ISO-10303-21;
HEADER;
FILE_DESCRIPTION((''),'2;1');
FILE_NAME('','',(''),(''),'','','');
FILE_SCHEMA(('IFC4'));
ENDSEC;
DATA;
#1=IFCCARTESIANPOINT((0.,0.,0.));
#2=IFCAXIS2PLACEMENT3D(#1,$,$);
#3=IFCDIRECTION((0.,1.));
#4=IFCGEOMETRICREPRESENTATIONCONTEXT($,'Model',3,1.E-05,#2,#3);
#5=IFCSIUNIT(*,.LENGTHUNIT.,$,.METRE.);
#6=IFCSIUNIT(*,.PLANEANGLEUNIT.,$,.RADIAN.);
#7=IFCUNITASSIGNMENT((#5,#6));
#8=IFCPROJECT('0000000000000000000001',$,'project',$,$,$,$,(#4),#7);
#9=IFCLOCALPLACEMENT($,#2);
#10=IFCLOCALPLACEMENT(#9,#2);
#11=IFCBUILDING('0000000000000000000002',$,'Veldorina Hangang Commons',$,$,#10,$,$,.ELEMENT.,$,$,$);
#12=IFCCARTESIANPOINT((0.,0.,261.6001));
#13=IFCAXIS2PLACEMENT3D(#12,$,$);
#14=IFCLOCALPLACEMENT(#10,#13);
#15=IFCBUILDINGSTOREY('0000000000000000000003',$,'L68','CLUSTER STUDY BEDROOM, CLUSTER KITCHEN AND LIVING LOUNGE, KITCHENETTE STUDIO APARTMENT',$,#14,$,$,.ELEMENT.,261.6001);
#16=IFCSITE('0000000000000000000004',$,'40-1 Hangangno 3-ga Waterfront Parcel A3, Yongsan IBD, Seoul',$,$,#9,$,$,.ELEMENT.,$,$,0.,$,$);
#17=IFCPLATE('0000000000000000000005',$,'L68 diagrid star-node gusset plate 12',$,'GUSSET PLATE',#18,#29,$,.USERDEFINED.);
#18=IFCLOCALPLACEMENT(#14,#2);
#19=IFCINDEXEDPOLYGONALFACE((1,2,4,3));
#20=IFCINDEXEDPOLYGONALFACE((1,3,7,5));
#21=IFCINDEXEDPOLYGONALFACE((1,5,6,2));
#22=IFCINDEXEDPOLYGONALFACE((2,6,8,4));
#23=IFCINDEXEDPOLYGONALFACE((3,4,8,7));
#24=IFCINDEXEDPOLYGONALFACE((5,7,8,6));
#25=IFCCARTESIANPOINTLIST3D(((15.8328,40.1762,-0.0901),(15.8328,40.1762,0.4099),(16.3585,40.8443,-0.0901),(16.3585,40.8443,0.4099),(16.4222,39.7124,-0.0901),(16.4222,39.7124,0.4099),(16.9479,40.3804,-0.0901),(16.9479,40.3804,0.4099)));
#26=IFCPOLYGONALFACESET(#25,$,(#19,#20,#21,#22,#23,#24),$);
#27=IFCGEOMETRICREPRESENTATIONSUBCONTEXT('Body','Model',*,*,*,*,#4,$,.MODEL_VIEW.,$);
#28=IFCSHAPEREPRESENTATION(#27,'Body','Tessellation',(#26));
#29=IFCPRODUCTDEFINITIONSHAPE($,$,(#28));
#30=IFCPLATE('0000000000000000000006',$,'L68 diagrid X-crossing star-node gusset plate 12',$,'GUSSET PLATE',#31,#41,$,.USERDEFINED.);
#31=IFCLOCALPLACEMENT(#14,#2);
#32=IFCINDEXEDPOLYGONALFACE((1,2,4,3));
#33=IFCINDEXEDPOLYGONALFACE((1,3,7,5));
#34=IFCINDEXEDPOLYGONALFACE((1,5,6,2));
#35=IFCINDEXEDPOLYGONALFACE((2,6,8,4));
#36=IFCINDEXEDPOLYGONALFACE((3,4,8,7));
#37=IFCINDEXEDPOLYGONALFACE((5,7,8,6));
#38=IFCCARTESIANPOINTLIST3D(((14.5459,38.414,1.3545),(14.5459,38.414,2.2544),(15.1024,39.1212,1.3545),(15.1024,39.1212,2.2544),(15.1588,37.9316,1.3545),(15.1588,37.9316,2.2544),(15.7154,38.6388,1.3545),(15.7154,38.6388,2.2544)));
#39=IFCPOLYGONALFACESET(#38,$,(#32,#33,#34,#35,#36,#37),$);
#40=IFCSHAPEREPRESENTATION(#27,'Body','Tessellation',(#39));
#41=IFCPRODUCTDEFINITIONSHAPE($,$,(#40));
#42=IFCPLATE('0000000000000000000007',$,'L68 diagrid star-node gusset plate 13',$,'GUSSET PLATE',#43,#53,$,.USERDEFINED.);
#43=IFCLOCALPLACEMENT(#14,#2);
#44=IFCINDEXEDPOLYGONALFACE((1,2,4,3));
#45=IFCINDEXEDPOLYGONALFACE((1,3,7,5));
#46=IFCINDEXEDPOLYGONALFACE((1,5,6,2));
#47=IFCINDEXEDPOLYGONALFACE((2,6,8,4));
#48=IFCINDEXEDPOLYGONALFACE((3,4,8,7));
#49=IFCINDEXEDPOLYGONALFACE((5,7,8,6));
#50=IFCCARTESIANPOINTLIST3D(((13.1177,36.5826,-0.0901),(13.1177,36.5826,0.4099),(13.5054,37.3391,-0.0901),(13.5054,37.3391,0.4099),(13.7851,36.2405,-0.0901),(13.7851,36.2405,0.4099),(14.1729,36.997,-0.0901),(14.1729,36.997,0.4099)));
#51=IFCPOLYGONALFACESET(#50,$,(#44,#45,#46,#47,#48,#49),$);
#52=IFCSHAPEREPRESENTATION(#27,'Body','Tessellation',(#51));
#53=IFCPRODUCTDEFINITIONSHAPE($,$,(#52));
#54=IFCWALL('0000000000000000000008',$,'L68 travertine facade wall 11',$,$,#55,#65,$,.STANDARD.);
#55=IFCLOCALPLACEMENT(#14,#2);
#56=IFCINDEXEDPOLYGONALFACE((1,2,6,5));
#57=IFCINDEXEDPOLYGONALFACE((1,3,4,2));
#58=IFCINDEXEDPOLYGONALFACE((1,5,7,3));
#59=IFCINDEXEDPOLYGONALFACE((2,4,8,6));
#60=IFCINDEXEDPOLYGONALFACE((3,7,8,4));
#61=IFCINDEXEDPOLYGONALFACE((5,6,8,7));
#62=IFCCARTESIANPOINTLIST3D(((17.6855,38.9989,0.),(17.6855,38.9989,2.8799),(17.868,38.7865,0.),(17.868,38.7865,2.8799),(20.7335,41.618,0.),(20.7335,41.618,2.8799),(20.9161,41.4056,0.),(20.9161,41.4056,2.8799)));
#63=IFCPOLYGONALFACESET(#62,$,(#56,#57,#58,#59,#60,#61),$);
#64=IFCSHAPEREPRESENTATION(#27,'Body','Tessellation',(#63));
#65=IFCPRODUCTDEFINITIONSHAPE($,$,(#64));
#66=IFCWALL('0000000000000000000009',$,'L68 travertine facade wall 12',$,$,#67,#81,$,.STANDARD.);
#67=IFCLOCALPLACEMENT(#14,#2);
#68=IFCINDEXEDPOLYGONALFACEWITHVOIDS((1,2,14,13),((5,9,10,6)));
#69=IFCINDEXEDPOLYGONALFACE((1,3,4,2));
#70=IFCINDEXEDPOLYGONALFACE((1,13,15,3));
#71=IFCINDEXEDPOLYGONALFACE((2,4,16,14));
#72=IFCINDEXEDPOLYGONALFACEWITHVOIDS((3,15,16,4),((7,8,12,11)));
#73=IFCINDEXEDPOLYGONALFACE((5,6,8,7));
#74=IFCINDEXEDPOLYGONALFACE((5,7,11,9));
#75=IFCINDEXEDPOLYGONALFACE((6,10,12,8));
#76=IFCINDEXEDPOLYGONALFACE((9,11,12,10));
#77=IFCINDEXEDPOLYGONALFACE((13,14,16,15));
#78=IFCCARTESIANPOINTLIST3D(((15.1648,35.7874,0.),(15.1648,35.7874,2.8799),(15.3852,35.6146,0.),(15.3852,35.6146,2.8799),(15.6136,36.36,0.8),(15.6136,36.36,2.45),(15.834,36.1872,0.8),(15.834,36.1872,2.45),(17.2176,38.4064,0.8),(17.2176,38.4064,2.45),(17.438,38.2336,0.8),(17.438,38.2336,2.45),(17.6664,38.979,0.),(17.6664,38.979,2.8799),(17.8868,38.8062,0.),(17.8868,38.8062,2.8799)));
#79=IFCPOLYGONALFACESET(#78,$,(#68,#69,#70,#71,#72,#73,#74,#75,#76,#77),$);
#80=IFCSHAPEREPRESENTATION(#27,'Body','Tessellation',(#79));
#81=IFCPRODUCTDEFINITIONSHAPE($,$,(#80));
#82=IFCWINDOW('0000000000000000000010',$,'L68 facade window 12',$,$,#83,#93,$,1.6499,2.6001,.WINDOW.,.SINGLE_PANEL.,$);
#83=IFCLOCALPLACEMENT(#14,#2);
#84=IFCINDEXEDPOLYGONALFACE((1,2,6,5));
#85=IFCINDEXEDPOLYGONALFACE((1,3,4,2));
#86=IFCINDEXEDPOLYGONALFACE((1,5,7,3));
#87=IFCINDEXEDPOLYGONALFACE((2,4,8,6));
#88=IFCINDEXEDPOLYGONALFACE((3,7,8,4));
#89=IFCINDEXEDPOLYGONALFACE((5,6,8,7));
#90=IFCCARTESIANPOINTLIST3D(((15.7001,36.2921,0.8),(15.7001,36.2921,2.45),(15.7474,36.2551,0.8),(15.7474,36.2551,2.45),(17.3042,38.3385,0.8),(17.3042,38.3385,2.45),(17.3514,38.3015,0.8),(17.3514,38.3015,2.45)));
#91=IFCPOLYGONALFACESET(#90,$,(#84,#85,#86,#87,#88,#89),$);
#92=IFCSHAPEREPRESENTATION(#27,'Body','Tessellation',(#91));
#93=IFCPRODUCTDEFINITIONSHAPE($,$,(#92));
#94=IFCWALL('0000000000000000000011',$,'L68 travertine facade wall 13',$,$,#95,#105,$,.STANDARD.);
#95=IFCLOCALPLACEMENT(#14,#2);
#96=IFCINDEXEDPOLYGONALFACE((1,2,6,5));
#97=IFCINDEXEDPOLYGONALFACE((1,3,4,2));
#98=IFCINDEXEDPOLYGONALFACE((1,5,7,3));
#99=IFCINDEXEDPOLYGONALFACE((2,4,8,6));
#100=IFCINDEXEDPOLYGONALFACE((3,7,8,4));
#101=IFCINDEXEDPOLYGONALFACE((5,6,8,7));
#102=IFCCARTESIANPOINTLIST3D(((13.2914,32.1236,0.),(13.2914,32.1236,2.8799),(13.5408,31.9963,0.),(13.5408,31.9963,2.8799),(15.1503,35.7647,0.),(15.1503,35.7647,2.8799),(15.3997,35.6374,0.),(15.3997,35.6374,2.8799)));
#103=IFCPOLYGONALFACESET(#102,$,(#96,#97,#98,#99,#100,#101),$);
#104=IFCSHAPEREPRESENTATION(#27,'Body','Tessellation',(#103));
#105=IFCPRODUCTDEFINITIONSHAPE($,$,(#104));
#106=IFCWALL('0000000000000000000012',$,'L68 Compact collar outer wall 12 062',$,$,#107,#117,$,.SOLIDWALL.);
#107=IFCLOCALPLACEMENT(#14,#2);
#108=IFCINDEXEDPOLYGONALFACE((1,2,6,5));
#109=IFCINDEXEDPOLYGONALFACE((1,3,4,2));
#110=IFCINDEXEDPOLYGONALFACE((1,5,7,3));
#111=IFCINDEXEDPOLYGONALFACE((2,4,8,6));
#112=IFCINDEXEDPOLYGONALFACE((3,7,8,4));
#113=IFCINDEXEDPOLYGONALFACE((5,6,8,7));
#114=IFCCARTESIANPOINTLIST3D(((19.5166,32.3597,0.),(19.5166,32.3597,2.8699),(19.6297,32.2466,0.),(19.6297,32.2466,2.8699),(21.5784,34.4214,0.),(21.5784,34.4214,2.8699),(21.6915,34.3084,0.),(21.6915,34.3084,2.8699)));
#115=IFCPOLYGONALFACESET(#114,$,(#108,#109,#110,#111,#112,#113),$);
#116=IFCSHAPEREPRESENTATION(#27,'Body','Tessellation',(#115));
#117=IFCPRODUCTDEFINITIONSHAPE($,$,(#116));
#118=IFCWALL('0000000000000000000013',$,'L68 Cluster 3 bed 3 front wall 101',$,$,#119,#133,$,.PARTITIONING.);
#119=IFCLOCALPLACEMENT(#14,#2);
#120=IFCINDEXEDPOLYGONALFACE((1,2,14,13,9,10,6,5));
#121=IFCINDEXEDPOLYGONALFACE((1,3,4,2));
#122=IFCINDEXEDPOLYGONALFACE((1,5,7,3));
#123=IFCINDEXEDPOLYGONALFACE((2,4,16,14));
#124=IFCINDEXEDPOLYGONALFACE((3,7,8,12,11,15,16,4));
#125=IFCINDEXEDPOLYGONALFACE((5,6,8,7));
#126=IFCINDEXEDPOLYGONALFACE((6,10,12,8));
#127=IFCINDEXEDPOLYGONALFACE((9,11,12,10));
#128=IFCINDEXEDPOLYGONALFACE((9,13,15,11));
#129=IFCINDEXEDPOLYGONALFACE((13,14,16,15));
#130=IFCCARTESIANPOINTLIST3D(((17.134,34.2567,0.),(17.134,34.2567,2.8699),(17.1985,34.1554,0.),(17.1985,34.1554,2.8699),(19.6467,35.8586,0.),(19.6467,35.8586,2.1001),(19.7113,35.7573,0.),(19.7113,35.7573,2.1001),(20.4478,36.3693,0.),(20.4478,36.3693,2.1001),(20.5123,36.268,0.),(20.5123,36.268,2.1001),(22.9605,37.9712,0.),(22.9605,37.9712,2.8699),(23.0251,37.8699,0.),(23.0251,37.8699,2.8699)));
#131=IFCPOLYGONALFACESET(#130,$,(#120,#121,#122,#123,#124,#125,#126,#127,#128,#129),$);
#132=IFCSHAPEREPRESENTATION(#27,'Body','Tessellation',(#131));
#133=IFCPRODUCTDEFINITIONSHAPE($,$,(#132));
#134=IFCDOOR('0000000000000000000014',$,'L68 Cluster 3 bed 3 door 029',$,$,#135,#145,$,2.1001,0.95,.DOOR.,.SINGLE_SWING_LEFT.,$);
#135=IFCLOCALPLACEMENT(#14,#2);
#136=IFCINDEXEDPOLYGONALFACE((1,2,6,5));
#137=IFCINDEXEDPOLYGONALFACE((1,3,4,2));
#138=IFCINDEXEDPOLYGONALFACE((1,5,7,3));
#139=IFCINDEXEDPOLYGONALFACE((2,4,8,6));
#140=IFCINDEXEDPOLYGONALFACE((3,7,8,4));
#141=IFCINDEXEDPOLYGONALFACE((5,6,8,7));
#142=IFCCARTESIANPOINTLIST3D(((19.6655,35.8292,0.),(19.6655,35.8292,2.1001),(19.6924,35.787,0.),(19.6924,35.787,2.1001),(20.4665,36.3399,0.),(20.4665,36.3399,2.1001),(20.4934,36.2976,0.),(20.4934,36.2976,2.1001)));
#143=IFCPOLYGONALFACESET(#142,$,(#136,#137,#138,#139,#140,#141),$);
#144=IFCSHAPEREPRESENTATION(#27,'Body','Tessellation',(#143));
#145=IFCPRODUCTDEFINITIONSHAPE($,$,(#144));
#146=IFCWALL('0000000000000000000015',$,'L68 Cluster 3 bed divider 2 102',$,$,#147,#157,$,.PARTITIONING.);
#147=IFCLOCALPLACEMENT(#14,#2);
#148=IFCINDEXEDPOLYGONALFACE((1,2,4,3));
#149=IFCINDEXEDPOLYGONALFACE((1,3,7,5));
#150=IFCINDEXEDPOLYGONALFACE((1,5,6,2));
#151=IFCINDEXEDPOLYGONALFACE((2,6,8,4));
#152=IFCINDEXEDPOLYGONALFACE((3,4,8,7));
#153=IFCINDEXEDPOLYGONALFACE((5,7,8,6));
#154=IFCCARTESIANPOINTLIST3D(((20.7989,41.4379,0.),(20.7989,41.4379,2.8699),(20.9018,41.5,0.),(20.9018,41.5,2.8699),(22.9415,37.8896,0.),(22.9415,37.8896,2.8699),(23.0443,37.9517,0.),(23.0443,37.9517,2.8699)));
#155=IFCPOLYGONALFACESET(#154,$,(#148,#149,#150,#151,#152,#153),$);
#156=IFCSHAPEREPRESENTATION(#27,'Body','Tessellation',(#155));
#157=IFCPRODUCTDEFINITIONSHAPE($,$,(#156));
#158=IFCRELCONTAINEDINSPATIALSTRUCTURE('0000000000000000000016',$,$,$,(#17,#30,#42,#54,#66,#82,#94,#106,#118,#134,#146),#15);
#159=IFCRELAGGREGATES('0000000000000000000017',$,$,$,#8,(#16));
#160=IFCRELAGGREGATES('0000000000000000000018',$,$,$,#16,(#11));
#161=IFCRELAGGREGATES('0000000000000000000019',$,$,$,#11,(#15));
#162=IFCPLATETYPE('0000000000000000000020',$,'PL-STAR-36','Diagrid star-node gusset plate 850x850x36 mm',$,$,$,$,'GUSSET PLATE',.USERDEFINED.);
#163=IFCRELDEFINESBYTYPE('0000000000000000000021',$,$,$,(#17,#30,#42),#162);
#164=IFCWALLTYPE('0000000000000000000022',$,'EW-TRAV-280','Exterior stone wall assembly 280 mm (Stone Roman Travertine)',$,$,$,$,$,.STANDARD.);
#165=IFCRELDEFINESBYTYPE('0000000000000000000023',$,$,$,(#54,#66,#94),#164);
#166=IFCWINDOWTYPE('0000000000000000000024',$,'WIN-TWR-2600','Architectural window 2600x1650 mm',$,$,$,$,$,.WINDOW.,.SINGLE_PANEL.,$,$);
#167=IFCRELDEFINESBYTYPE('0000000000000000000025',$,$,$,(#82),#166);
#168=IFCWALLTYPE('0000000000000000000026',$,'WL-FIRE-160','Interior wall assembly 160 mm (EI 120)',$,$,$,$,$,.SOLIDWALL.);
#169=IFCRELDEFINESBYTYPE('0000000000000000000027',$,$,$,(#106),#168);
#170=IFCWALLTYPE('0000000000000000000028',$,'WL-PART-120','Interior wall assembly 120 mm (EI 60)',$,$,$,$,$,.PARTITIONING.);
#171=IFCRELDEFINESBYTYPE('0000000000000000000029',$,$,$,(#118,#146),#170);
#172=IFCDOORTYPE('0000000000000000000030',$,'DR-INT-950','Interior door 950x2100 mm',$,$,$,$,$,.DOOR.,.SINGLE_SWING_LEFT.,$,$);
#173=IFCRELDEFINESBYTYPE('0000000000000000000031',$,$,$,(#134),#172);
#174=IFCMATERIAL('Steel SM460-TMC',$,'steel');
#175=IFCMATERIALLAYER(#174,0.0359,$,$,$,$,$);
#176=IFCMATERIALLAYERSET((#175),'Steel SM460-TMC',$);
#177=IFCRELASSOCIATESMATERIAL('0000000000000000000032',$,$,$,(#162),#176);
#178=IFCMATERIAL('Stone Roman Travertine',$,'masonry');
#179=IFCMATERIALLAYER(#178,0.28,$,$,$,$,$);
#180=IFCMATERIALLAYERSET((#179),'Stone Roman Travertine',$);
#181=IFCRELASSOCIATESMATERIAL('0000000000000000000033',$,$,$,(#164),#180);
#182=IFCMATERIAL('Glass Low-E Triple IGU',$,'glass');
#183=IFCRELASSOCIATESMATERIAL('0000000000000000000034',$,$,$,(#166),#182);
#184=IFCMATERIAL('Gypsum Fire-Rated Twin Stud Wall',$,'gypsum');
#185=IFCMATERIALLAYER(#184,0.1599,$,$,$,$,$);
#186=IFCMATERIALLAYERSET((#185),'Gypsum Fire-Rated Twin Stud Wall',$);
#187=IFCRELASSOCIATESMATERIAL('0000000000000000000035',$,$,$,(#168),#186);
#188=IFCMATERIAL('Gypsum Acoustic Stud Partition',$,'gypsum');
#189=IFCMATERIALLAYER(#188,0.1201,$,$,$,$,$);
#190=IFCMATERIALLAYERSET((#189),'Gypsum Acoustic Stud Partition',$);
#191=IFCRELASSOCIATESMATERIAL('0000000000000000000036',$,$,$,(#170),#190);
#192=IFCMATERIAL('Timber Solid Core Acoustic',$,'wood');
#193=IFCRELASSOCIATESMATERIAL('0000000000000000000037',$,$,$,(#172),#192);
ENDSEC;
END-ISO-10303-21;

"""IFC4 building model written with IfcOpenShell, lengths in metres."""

from ifc_helpers import new_model, si_unit, direction, frame, frame_2d, origin, origin_2d, place, context, subcontext, project, spatial, rectangle, extrude, material, layer, layer_set, type_object, element, fill, save


model = new_model("IFC4")

# Units and contexts
model_context = context("Model", 3, precision=1e-05, world=origin(), true_north=direction((0.0, 1.0)))
body_context = subcontext(model_context, "Body", "Model", "MODEL_VIEW")
ifc_project = project(units=[si_unit("LENGTHUNIT", "METRE"), si_unit("PLANEANGLEUNIT", "RADIAN")], contexts=[model_context])

# Site, building, storey
site_placement = place(None, origin())
site = spatial("IfcSite", under=ifc_project, at=site_placement, Name="40-1 Hangangno 3-ga Waterfront Parcel A3, Yongsan IBD, Seoul", CompositionType="ELEMENT", RefElevation=0.0)
building_placement = place(site_placement, origin())
building = spatial("IfcBuilding", under=site, at=building_placement, Name="Veldorina Hangang Commons", CompositionType="ELEMENT")
storey_placement = place(building_placement, frame((0.0, 0.0, 261.6001)))
storey = spatial("IfcBuildingStorey", under=building, at=storey_placement, Name="L68", Description="CLUSTER STUDY BEDROOM, CLUSTER KITCHEN AND LIVING LOUNGE, KITCHENETTE STUDIO APARTMENT", CompositionType="ELEMENT", Elevation=261.6001)

# Plates
ifc_material_1 = material(Name="Steel SM460-TMC", Category="steel")
ifc_layer_1 = layer(ifc_material_1, 0.0359)
ifc_layer_set_1 = layer_set([ifc_layer_1], Name="Steel SM460-TMC")
plate_type = type_object("IfcPlateType", Name="PL-STAR-36", Description="Diagrid star-node gusset plate 850x850x36 mm", ElementType="GUSSET PLATE", PredefinedType="USERDEFINED", material=ifc_layer_set_1)
for number, where, z_axis, x_axis, name in (
    (1, (16.3904, 40.2783, -0.0901), (0.0, 0.0, 1.0), (-0.618422, -0.785846, 0.0), "L68 diagrid star-node gusset plate 12"),
):
    element("IfcPlate", number, at=place(storey_placement, frame(where, z_axis=z_axis, x_axis=x_axis)), inside=storey, type_object=plate_type, Name=name, ObjectType="GUSSET PLATE", PredefinedType="USERDEFINED", context=body_context, shape_type="SweptSolid", body=[
        extrude(rectangle(XDim=0.8501, YDim=0.75, at=origin_2d()), origin(), (0.0, 0.0, 1.0), 0.5),
    ])
plate_1_placement = place(storey_placement, frame((15.1306, 38.5264, 1.3545), z_axis=(0.0, 0.0, 1.0), x_axis=(-0.618422, -0.785846, 0.0)))
element("IfcPlate", 2, at=plate_1_placement, inside=storey, type_object=plate_type, Name="L68 diagrid X-crossing star-node gusset plate 12", ObjectType="GUSSET PLATE", PredefinedType="USERDEFINED", context=body_context, shape_type="SweptSolid", body=[
    extrude(rectangle(XDim=0.8999, YDim=0.78, at=origin_2d()), origin(), (0.0, 0.0, 1.0), 0.8999),
])
plate_2_placement = place(storey_placement, frame((13.6453, 36.7898, -0.0901), z_axis=(0.0, 0.0, 1.0), x_axis=(-0.456104, -0.889926, 0.0)))
element("IfcPlate", 3, at=plate_2_placement, inside=storey, type_object=plate_type, Name="L68 diagrid star-node gusset plate 13", ObjectType="GUSSET PLATE", PredefinedType="USERDEFINED", context=body_context, shape_type="SweptSolid", body=[
    extrude(rectangle(XDim=0.8501, YDim=0.75, at=origin_2d()), origin(), (0.0, 0.0, 1.0), 0.5),
])

# Wall
ifc_material_2 = material(Name="Stone Roman Travertine", Category="masonry")
ifc_layer_2 = layer(ifc_material_2, 0.28)
ifc_layer_set_2 = layer_set([ifc_layer_2], Name="Stone Roman Travertine")
wall_type_1 = type_object("IfcWallType", Name="EW-TRAV-280", Description="Exterior stone wall assembly 280 mm (Stone Roman Travertine)", PredefinedType="STANDARD", material=ifc_layer_set_2)
wall_1_placement = place(storey_placement, frame((20.8247, 41.5117, 0.0), z_axis=(0.0, 0.0, 1.0), x_axis=(-0.758458, -0.651721, 0.0)))
element("IfcWall", 4, at=wall_1_placement, inside=storey, type_object=wall_type_1, Name="L68 travertine facade wall 11", PredefinedType="STANDARD", context=body_context, shape_type="SweptSolid", body=[
    extrude(rectangle(XDim=4.0188, YDim=0.28, at=frame_2d((2.0093, 0.0))), origin(), (0.0, 0.0, 1.0), 2.8799),
])

# Wall, opening, window
wall_2_placement = place(storey_placement, frame((17.7766, 38.8926, 0.0), z_axis=(0.0, 0.0, 1.0), x_axis=(-0.616904, -0.787039, 0.0)))
wall_2 = element("IfcWall", 5, at=wall_2_placement, inside=storey, type_object=wall_type_1, Name="L68 travertine facade wall 12", PredefinedType="STANDARD", context=body_context, shape_type="SweptSolid", body=[
    extrude(rectangle(XDim=4.0552, YDim=0.28, at=frame_2d((2.0276, 0.0))), origin(), (0.0, 0.0, 1.0), 2.8799),
])
opening_1_placement = place(wall_2_placement, frame((0.7275, 0.0, 0.8)))
opening_1 = element("IfcOpeningElement", 6, at=opening_1_placement, cuts=wall_2, PredefinedType="OPENING", context=body_context, shape_type="SweptSolid", body=[
    extrude(rectangle(XDim=2.6001, YDim=1.6499, at=frame_2d((1.3, 0.825))), frame((0.0, 0.1499, 0.0), z_axis=(0.0, -1.0, 0.0), x_axis=(1.0, 0.0, 0.0)), (0.0, 0.0, 1.0), 0.3),
])
ifc_material_3 = material(Name="Glass Low-E Triple IGU", Category="glass")
window_type = type_object("IfcWindowType", Name="WIN-TWR-2600", Description="Architectural window 2600x1650 mm", PartitioningType="SINGLE_PANEL", PredefinedType="WINDOW", material=ifc_material_3)
window_placement = place(opening_1_placement, origin())
window = element("IfcWindow", 7, at=window_placement, inside=storey, type_object=window_type, Name="L68 facade window 12", OverallHeight=1.6499, OverallWidth=2.6001, PartitioningType="SINGLE_PANEL", PredefinedType="WINDOW", context=body_context, shape_type="SweptSolid", body=[
    extrude(rectangle(XDim=2.6001, YDim=1.6499, at=frame_2d((1.3, 0.825))), frame((0.0, 0.03, 0.0), z_axis=(0.0, -1.0, 0.0), x_axis=(1.0, 0.0, 0.0)), (0.0, 0.0, 1.0), 0.0601),
])
fill(opening_1, window)

# Walls
wall_3_placement = place(storey_placement, frame((15.2749, 35.7009, 0.0), z_axis=(0.0, 0.0, 1.0), x_axis=(-0.454699, -0.890645, 0.0)))
element("IfcWall", 8, at=wall_3_placement, inside=storey, type_object=wall_type_1, Name="L68 travertine facade wall 13", PredefinedType="STANDARD", context=body_context, shape_type="SweptSolid", body=[
    extrude(rectangle(XDim=4.0881, YDim=0.28, at=frame_2d((2.0439, 0.0))), origin(), (0.0, 0.0, 1.0), 2.8799),
])
ifc_material_4 = material(Name="Gypsum Fire-Rated Twin Stud Wall", Category="gypsum")
ifc_layer_3 = layer(ifc_material_4, 0.1599)
ifc_layer_set_3 = layer_set([ifc_layer_3], Name="Gypsum Fire-Rated Twin Stud Wall")
wall_type_2 = type_object("IfcWallType", Name="WL-FIRE-160", Description="Interior wall assembly 160 mm (EI 120)", PredefinedType="SOLIDWALL", material=ifc_layer_set_3)
wall_4_placement = place(storey_placement, frame((21.635, 34.365, 0.0), z_axis=(0.0, 0.0, 1.0), x_axis=(-0.707107, -0.707107, 0.0)))
element("IfcWall", 9, at=wall_4_placement, inside=storey, type_object=wall_type_2, Name="L68 Compact collar outer wall 12 062", PredefinedType="SOLIDWALL", context=body_context, shape_type="SweptSolid", body=[
    extrude(rectangle(XDim=2.9158, YDim=0.1599, at=frame_2d((1.458, 0.0))), origin(), (0.0, 0.0, 1.0), 2.8699),
])

# Wall, opening, door
ifc_material_5 = material(Name="Gypsum Acoustic Stud Partition", Category="gypsum")
ifc_layer_4 = layer(ifc_material_5, 0.1201)
ifc_layer_set_4 = layer_set([ifc_layer_4], Name="Gypsum Acoustic Stud Partition")
wall_type_3 = type_object("IfcWallType", Name="WL-PART-120", Description="Interior wall assembly 120 mm (EI 60)", PredefinedType="PARTITIONING", material=ifc_layer_set_4)
wall_5_placement = place(storey_placement, frame((22.9929, 37.9207, 0.0), z_axis=(0.0, 0.0, 1.0), x_axis=(-0.84322, -0.537568, 0.0)))
wall_5 = element("IfcWall", 10, at=wall_5_placement, inside=storey, type_object=wall_type_3, Name="L68 Cluster 3 bed 3 front wall 101", PredefinedType="PARTITIONING", context=body_context, shape_type="SweptSolid", body=[
    extrude(rectangle(XDim=6.9099, YDim=0.1201, at=frame_2d((3.4551, 0.0))), origin(), (0.0, 0.0, 1.0), 2.8699),
])
opening_2_placement = place(wall_5_placement, frame((2.98, 0.0, 0.0)))
opening_2 = element("IfcOpeningElement", 11, at=opening_2_placement, cuts=wall_5, PredefinedType="OPENING", context=body_context, shape_type="SweptSolid", body=[
    extrude(rectangle(XDim=0.95, YDim=2.1001, at=frame_2d((0.4751, 1.05))), frame((0.0, 0.0701, 0.0), z_axis=(0.0, -1.0, 0.0), x_axis=(1.0, 0.0, 0.0)), (0.0, 0.0, 1.0), 0.1401),
])
ifc_material_6 = material(Name="Timber Solid Core Acoustic", Category="wood")
door_type_1 = type_object("IfcDoorType", Name="DR-INT-950", Description="Interior door 950x2100 mm", OperationType="SINGLE_SWING_LEFT", PredefinedType="DOOR", material=ifc_material_6)
door_1_placement = place(opening_2_placement, origin())
door_1 = element("IfcDoor", 12, at=door_1_placement, inside=storey, type_object=door_type_1, Name="L68 Cluster 3 bed 3 door 029", OperationType="SINGLE_SWING_LEFT", OverallHeight=2.1001, OverallWidth=0.95, PredefinedType="DOOR", context=body_context, shape_type="SweptSolid", body=[
    extrude(rectangle(XDim=0.95, YDim=2.1001, at=frame_2d((0.4751, 1.05))), frame((0.0, 0.0249, 0.0), z_axis=(0.0, -1.0, 0.0), x_axis=(1.0, 0.0, 0.0)), (0.0, 0.0, 1.0), 0.05),
])
fill(opening_2, door_1)

# Wall
wall_6_placement = place(storey_placement, frame((22.9929, 37.9207, 0.0), z_axis=(0.0, 0.0, 1.0), x_axis=(-0.516902, 0.856045, 0.0)))
element("IfcWall", 13, at=wall_6_placement, inside=storey, type_object=wall_type_3, Name="L68 Cluster 3 bed divider 2 102", PredefinedType="PARTITIONING", context=body_context, shape_type="SweptSolid", body=[
    extrude(rectangle(XDim=4.145, YDim=0.1201, at=frame_2d((2.0725, 0.0))), origin(), (0.0, 0.0, 1.0), 2.8699),
])

save(model, "model.ifc")
